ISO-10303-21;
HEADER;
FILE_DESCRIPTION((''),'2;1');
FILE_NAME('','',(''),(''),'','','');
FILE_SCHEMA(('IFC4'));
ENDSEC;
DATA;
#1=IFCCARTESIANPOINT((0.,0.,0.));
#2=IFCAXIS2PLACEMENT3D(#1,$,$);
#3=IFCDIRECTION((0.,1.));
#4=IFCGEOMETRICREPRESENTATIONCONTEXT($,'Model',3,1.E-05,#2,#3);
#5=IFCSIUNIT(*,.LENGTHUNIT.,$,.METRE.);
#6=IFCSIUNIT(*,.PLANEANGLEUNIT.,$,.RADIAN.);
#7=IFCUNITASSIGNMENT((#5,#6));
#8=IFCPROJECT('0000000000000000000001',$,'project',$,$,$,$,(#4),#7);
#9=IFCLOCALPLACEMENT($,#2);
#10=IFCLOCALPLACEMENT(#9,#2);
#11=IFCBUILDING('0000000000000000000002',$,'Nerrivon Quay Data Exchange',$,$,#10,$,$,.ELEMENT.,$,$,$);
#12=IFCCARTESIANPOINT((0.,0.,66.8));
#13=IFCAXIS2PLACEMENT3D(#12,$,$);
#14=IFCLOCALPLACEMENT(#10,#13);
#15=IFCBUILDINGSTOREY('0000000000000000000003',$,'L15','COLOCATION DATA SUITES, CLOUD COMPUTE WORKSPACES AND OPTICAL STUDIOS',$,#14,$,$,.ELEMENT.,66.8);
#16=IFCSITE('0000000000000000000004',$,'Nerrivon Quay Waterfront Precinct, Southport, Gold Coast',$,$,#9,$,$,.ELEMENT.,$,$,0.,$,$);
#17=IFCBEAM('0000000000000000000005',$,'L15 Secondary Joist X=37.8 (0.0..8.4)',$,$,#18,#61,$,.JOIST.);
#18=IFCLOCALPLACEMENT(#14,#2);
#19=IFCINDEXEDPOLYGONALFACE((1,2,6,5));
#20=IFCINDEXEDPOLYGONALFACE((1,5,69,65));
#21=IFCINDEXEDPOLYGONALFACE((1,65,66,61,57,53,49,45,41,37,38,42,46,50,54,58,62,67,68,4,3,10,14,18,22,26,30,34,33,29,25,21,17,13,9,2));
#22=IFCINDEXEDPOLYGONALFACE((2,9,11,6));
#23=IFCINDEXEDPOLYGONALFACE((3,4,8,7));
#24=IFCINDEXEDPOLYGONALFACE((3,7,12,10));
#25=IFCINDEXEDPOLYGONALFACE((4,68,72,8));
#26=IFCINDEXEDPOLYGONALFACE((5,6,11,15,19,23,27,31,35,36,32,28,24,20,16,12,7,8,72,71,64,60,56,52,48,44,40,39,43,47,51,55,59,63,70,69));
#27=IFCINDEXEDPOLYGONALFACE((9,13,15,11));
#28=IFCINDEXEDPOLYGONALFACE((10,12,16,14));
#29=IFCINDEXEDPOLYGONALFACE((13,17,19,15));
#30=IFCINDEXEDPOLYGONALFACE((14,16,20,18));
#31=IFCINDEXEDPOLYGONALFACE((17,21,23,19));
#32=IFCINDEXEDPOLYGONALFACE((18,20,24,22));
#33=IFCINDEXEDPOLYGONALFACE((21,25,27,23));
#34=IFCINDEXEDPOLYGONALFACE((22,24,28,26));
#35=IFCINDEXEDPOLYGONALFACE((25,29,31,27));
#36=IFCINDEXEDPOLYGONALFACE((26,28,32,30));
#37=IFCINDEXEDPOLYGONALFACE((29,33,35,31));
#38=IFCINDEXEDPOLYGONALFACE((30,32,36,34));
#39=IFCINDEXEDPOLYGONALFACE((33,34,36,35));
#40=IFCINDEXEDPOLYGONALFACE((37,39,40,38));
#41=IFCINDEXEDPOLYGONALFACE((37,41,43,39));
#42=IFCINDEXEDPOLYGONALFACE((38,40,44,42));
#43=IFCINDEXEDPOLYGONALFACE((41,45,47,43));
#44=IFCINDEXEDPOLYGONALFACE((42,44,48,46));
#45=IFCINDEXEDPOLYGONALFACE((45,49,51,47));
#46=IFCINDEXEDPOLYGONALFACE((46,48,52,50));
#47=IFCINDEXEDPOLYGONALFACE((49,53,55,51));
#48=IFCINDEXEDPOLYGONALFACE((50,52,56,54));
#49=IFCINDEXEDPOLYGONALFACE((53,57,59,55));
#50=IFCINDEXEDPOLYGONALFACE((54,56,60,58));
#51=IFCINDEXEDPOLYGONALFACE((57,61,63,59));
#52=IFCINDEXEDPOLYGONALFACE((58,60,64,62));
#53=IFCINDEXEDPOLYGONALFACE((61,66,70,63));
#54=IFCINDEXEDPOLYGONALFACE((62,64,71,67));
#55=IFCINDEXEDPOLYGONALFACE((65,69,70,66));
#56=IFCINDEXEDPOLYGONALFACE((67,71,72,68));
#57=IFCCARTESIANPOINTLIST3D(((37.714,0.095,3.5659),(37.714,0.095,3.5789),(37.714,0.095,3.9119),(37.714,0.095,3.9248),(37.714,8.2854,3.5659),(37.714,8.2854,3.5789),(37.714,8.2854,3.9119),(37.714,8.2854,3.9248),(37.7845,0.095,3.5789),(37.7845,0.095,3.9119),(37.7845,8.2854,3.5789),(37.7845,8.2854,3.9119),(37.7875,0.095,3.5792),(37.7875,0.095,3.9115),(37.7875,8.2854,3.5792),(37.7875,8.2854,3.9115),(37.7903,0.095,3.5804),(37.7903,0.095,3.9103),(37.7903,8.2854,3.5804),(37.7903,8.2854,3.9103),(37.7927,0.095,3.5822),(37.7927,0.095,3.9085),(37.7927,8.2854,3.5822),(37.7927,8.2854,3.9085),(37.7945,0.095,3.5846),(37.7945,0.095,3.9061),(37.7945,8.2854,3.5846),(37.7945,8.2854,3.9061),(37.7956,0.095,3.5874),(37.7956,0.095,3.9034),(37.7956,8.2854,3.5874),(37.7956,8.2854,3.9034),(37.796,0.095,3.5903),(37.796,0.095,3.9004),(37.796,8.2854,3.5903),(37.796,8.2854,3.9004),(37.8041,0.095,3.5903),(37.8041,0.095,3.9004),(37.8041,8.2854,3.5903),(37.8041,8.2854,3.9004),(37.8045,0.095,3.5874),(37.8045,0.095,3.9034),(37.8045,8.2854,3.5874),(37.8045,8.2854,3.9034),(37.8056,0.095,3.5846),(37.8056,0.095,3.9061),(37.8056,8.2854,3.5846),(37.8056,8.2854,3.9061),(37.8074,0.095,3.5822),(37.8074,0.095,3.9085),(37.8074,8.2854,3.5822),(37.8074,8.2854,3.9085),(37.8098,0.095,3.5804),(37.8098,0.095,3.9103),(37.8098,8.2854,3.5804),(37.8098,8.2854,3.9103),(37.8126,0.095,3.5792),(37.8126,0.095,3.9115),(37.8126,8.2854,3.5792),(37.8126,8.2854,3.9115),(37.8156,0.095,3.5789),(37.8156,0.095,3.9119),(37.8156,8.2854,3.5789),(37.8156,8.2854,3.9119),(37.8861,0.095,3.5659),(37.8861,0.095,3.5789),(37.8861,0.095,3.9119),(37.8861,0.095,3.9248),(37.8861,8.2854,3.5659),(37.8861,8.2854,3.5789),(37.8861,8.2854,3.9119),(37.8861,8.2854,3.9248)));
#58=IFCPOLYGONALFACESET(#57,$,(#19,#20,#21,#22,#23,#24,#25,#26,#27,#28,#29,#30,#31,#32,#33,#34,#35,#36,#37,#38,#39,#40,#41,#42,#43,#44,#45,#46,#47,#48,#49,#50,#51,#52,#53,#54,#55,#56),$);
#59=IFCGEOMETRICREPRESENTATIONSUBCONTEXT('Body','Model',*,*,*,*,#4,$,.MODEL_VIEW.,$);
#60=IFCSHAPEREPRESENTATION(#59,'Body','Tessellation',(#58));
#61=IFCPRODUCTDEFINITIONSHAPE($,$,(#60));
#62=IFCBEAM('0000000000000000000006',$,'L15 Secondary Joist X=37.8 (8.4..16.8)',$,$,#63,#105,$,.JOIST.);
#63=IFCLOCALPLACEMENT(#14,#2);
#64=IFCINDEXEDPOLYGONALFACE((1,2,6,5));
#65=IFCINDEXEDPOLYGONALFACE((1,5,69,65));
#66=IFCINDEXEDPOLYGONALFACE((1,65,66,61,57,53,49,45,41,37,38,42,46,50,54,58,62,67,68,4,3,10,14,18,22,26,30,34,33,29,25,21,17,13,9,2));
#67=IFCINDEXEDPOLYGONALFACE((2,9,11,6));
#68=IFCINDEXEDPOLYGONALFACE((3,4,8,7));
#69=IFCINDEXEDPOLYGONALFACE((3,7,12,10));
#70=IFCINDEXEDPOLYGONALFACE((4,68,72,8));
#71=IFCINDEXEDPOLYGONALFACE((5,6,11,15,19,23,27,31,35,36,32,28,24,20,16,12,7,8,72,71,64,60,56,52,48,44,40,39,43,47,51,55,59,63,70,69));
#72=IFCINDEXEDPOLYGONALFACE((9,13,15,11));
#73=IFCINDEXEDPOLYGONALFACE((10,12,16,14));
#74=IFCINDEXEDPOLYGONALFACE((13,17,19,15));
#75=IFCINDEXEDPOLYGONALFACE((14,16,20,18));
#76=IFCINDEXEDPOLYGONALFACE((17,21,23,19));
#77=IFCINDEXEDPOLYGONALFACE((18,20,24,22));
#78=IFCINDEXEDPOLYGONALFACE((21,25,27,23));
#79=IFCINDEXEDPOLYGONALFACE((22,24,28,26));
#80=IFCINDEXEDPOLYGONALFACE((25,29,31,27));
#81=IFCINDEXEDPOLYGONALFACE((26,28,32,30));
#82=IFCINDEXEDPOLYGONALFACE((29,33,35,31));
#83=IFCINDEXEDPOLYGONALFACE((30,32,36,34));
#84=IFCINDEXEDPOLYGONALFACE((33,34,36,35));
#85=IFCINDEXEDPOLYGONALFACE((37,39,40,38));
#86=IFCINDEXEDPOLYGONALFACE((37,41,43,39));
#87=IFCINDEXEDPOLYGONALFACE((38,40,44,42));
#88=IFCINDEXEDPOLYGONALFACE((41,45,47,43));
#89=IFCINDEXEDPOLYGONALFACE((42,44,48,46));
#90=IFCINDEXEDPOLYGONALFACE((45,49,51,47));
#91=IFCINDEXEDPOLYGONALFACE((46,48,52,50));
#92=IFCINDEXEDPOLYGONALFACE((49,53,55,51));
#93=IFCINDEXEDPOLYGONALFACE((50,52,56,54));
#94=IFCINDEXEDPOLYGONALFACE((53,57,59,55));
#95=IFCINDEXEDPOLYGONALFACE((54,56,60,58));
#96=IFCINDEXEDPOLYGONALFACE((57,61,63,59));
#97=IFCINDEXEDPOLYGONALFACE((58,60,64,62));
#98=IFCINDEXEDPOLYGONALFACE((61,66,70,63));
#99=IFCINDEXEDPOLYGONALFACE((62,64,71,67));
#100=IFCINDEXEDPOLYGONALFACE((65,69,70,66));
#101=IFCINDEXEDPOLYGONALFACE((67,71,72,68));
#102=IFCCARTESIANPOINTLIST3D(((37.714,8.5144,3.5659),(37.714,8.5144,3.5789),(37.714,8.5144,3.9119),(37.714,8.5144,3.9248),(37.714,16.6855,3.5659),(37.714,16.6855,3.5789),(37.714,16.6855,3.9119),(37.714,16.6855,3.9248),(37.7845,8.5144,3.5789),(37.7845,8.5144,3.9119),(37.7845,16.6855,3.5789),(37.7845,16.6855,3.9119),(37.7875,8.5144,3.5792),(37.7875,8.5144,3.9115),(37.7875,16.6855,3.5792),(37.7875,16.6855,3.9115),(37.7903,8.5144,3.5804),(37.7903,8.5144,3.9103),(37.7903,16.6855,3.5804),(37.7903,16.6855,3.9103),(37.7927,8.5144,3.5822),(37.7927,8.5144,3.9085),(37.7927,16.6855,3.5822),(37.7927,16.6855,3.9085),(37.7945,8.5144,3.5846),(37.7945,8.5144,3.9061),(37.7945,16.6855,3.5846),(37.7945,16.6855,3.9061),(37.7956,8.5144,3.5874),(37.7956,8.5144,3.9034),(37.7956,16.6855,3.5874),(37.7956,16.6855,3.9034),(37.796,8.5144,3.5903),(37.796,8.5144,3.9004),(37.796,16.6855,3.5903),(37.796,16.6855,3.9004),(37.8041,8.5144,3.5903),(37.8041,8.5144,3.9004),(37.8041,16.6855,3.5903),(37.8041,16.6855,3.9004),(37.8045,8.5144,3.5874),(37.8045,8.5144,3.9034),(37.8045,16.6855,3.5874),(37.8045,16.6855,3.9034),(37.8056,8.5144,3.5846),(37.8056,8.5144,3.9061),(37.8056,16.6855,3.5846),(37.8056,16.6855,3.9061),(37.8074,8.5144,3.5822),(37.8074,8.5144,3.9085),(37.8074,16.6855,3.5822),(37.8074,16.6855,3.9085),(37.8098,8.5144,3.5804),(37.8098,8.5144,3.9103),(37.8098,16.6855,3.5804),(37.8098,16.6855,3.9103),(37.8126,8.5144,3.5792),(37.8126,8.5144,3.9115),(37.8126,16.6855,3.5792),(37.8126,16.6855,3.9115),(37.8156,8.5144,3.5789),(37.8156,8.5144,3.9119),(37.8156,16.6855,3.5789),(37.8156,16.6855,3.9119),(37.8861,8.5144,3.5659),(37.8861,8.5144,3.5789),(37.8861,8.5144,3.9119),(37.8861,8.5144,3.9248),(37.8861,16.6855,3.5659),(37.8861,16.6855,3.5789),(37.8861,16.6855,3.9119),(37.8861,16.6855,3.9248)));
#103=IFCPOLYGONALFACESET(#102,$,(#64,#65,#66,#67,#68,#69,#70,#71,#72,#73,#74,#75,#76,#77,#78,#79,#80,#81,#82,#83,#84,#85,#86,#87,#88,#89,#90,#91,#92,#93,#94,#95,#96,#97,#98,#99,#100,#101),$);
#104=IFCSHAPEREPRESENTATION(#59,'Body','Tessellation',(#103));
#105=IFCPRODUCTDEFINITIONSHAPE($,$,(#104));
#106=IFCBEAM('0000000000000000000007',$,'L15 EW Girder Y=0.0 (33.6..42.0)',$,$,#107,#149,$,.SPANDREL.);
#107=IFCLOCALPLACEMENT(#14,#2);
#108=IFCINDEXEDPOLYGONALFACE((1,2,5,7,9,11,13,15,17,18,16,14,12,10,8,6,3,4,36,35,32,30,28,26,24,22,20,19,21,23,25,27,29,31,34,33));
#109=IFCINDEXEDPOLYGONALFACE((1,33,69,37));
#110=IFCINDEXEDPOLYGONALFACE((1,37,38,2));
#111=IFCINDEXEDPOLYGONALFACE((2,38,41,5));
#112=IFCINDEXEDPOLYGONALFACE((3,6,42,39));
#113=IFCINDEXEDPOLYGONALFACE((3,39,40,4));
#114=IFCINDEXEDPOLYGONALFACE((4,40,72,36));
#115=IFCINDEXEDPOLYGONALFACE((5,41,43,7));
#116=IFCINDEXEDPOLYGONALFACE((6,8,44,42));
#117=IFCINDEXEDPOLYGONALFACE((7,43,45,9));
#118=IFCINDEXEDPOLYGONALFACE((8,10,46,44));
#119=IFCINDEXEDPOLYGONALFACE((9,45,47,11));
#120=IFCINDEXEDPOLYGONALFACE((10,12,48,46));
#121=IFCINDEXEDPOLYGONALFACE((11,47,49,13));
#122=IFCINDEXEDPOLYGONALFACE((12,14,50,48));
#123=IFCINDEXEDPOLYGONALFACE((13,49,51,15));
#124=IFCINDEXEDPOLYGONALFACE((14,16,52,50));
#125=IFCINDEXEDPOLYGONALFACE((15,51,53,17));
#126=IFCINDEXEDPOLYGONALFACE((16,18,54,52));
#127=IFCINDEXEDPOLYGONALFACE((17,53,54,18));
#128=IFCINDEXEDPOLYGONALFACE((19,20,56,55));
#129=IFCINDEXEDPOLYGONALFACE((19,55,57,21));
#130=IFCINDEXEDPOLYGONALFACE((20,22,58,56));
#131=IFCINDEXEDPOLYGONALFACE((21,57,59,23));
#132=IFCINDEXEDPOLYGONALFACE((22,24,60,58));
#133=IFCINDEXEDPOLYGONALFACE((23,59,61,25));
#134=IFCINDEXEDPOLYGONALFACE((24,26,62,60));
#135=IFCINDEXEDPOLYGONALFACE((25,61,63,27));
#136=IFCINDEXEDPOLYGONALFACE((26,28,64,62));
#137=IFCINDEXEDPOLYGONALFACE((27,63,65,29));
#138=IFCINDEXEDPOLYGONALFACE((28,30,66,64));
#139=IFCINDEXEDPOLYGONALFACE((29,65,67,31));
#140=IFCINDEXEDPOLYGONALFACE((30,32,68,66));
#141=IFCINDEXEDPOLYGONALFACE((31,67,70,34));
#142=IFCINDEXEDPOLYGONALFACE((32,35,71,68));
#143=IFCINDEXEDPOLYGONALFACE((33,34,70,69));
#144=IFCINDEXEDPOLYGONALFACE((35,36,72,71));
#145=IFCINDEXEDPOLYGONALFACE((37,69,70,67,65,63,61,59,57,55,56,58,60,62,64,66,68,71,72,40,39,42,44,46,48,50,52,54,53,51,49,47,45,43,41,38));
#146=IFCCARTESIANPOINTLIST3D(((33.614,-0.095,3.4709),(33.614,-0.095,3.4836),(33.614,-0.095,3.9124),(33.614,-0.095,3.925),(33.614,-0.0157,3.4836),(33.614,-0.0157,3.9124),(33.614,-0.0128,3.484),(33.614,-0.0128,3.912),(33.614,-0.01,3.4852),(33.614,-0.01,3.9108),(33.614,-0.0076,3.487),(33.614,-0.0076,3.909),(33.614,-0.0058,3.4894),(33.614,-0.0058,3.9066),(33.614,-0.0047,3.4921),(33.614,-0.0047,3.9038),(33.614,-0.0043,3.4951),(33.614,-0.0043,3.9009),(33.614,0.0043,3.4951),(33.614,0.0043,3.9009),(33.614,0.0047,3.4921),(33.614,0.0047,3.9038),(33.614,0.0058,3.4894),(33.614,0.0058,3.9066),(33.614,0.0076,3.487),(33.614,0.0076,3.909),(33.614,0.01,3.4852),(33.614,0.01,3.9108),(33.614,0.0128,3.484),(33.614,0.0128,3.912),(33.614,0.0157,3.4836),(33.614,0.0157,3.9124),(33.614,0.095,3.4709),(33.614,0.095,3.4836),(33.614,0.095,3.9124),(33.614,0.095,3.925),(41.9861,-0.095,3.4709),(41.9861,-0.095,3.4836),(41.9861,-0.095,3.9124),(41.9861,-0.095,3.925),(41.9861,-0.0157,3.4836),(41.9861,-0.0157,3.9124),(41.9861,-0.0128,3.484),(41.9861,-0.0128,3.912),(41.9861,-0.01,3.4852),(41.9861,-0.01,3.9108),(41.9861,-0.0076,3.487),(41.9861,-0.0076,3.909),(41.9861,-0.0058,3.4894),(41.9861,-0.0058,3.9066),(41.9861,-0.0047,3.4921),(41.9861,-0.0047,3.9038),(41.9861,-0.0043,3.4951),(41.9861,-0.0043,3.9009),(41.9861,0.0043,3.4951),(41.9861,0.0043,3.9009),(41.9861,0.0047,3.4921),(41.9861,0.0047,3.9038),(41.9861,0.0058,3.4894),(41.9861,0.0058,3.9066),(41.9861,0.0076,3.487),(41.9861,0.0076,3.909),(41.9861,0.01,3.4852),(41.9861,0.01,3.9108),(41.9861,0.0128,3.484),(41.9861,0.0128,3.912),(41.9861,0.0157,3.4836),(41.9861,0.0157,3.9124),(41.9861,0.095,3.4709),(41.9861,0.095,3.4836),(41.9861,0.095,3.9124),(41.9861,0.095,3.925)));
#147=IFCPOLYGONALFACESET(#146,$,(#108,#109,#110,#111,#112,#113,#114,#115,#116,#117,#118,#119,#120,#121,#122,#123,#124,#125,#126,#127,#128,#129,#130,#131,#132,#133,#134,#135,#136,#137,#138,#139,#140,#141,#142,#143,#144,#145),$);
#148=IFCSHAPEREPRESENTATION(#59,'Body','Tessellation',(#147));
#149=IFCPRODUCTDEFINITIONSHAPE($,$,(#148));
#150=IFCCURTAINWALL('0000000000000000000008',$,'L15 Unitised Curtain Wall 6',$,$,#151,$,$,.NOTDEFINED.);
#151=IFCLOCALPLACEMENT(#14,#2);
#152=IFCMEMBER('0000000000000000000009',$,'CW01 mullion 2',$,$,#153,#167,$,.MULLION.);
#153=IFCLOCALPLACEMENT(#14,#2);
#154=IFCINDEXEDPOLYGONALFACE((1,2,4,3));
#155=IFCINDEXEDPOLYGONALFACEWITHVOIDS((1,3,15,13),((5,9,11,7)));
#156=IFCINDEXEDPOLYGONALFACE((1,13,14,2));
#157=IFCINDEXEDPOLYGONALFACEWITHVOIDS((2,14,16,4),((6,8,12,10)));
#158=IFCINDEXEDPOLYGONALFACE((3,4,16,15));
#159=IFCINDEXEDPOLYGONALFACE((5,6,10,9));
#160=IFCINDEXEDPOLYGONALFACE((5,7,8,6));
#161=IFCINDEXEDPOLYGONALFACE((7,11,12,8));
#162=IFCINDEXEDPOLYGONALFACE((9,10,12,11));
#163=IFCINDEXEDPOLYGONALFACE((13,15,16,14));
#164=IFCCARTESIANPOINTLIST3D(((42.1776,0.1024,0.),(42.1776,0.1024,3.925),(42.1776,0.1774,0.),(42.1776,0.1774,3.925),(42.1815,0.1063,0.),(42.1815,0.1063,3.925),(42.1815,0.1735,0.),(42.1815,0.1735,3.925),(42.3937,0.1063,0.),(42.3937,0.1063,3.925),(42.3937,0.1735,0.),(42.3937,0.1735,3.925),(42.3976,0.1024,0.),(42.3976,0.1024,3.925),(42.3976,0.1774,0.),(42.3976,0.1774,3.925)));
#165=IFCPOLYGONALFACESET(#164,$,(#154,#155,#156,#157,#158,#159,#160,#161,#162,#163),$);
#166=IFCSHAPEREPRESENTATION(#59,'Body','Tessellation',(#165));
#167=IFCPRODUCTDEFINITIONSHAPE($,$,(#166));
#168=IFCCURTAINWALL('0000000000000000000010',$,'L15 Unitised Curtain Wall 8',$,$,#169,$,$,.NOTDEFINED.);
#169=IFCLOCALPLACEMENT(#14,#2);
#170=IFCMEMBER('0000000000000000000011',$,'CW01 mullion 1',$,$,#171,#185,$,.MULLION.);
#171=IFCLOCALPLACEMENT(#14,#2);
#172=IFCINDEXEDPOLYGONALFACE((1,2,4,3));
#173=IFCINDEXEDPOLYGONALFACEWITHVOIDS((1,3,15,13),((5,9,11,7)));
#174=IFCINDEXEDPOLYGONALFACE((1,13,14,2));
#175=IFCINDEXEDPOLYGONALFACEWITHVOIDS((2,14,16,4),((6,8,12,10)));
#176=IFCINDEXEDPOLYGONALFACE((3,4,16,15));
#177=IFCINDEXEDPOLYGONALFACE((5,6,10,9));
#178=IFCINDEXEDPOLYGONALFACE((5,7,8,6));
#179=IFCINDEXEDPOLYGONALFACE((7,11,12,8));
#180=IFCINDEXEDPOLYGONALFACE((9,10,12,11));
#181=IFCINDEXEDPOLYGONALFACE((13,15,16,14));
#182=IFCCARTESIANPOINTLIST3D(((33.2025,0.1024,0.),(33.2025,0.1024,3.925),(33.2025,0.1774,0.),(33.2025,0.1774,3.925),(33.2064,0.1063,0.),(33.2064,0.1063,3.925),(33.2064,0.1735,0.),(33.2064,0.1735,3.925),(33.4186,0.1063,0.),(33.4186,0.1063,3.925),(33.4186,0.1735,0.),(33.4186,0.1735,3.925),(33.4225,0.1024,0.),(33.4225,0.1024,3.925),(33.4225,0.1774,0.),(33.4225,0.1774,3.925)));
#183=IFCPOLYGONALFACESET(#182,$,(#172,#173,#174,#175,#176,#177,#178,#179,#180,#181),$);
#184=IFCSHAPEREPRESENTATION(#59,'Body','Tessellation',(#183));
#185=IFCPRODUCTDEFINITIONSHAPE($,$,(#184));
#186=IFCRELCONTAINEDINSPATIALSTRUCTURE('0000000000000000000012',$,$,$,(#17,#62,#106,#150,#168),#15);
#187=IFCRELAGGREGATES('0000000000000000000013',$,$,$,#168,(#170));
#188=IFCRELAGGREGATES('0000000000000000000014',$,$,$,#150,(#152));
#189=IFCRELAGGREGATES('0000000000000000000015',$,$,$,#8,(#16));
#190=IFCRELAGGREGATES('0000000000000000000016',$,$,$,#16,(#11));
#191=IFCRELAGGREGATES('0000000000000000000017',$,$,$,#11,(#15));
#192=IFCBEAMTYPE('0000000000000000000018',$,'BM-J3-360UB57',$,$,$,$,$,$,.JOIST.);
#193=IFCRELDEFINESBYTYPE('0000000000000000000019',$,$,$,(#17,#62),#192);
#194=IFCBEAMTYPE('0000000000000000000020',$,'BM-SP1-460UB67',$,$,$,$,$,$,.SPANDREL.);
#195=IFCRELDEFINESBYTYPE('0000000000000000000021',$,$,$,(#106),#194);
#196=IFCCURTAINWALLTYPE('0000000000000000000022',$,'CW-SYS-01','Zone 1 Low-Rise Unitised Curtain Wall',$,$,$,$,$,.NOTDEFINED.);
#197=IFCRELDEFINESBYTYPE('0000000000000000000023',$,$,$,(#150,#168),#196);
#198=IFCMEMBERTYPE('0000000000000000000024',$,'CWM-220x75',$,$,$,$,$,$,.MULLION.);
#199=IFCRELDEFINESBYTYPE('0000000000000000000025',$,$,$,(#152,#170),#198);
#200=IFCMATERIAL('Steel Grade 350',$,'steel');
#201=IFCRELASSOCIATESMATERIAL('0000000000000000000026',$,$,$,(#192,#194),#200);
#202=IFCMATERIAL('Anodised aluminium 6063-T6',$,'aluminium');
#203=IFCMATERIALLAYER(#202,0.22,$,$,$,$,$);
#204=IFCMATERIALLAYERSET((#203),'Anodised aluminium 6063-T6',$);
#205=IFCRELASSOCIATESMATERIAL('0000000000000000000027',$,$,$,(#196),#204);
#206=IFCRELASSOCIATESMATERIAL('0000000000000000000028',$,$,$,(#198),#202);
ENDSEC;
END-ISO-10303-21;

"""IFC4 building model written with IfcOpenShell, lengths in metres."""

from ifc_helpers import new_model, si_unit, direction, frame, origin, origin_2d, place, context, subcontext, project, spatial, hollow_rectangle, i_section, extrude, material, layer, layer_set, material_profile, profile_set, type_object, element, aggregate, save


model = new_model("IFC4")

# Units and contexts
model_context = context("Model", 3, precision=1e-05, world=origin(), true_north=direction((0.0, 1.0)))
body_context = subcontext(model_context, "Body", "Model", "MODEL_VIEW")
ifc_project = project(units=[si_unit("LENGTHUNIT", "METRE"), si_unit("PLANEANGLEUNIT", "RADIAN")], contexts=[model_context])

# Site, building, storey
site_placement = place(None, origin())
site = spatial("IfcSite", under=ifc_project, at=site_placement, Name="Nerrivon Quay Waterfront Precinct, Southport, Gold Coast", CompositionType="ELEMENT", RefElevation=0.0)
building_placement = place(site_placement, origin())
building = spatial("IfcBuilding", under=site, at=building_placement, Name="Nerrivon Quay Data Exchange", CompositionType="ELEMENT")
storey_placement = place(building_placement, frame((0.0, 0.0, 66.8)))
storey = spatial("IfcBuildingStorey", under=building, at=storey_placement, Name="L15", Description="COLOCATION DATA SUITES, CLOUD COMPUTE WORKSPACES AND OPTICAL STUDIOS", CompositionType="ELEMENT", Elevation=66.8)

# Shared definitions
ifc_material_1 = material(Name="Steel Grade 350", Category="steel")

# Beams
ifc_material_profile_1 = material_profile(ifc_material_1, i_section(OverallWidth=0.1721, OverallDepth=0.3589, WebThickness=0.0081, FlangeThickness=0.0129, FilletRadius=0.0115, at=origin_2d()), Name="360UB56.7")
ifc_profile_set_1 = profile_set([ifc_material_profile_1], Name="Steel Grade 350")
beam_type_1 = type_object("IfcBeamType", Name="BM-J3-360UB57", PredefinedType="JOIST", material=ifc_profile_set_1)
beam_1_placement = place(storey_placement, frame((37.8, 0.095, 3.7454), z_axis=(0.0, 1.0, 0.0), x_axis=(-1.0, 0.0, 0.0)))
element("IfcBeam", 1, at=beam_1_placement, inside=storey, type_object=beam_type_1, Name="L15 Secondary Joist X=37.8 (0.0..8.4)", PredefinedType="JOIST", context=body_context, shape_type="SweptSolid", body=[
    extrude(i_section(OverallWidth=0.1721, OverallDepth=0.3589, WebThickness=0.0081, FlangeThickness=0.0129, FilletRadius=0.0115, at=origin_2d()), origin(), (0.0, 0.0, 1.0), 8.1904),
])
beam_2_placement = place(storey_placement, frame((37.8, 8.5144, 3.7454), z_axis=(0.0, 1.0, 0.0), x_axis=(-1.0, 0.0, 0.0)))
element("IfcBeam", 2, at=beam_2_placement, inside=storey, type_object=beam_type_1, Name="L15 Secondary Joist X=37.8 (8.4..16.8)", PredefinedType="JOIST", context=body_context, shape_type="SweptSolid", body=[
    extrude(i_section(OverallWidth=0.1721, OverallDepth=0.3589, WebThickness=0.0081, FlangeThickness=0.0129, FilletRadius=0.0115, at=origin_2d()), origin(), (0.0, 0.0, 1.0), 8.1711),
])
ifc_material_profile_2 = material_profile(ifc_material_1, i_section(OverallWidth=0.1899, OverallDepth=0.4541, WebThickness=0.0085, FlangeThickness=0.0127, FilletRadius=0.0115, at=origin_2d()), Name="460UB67.1")
ifc_profile_set_2 = profile_set([ifc_material_profile_2], Name="Steel Grade 350")
beam_type_2 = type_object("IfcBeamType", Name="BM-SP1-460UB67", PredefinedType="SPANDREL", material=ifc_profile_set_2)
beam_3_placement = place(storey_placement, frame((33.614, 0.0, 3.698), z_axis=(1.0, 0.0, 0.0), x_axis=(0.0, 1.0, 0.0)))
element("IfcBeam", 3, at=beam_3_placement, inside=storey, type_object=beam_type_2, Name="L15 EW Girder Y=0.0 (33.6..42.0)", PredefinedType="SPANDREL", context=body_context, shape_type="SweptSolid", body=[
    extrude(i_section(OverallWidth=0.1899, OverallDepth=0.4541, WebThickness=0.0085, FlangeThickness=0.0127, FilletRadius=0.0115, at=origin_2d()), origin(), (0.0, 0.0, 1.0), 8.3721),
])

# Curtain walls, members
ifc_material_2 = material(Name="Anodised aluminium 6063-T6", Category="aluminium")
ifc_layer_1 = layer(ifc_material_2, 0.22)
ifc_layer_set_1 = layer_set([ifc_layer_1], Name="Anodised aluminium 6063-T6")
curtain_wall_type = type_object("IfcCurtainWallType", Name="CW-SYS-01", Description="Zone 1 Low-Rise Unitised Curtain Wall", PredefinedType="NOTDEFINED", material=ifc_layer_set_1)
curtain_wall_1_placement = place(storey_placement, origin())
curtain_wall_1 = element("IfcCurtainWall", 4, at=curtain_wall_1_placement, inside=storey, type_object=curtain_wall_type, Name="L15 Unitised Curtain Wall 6", PredefinedType="NOTDEFINED")
ifc_material_profile_3 = material_profile(ifc_material_2, hollow_rectangle(XDim=0.075, YDim=0.22, WallThickness=0.0039, at=origin_2d()), Name="ALU-MULL-220x75")
ifc_profile_set_3 = profile_set([ifc_material_profile_3], Name="Anodised aluminium 6063-T6")
member_type_1 = type_object("IfcMemberType", Name="CWM-220x75", PredefinedType="MULLION", material=ifc_profile_set_3)
member_1_placement = place(storey_placement, frame((42.2876, 0.1399, 0.0), z_axis=(0.0, 0.0, 1.0), x_axis=(0.0, -1.0, 0.0)))
member_1 = element("IfcMember", 5, at=member_1_placement, type_object=member_type_1, Name="CW01 mullion 2", PredefinedType="MULLION", context=body_context, shape_type="SweptSolid", body=[
    extrude(hollow_rectangle(XDim=0.075, YDim=0.22, WallThickness=0.0039, at=origin_2d()), origin(), (0.0, 0.0, 1.0), 3.925),
])
curtain_wall_2_placement = place(storey_placement, origin())
curtain_wall_2 = element("IfcCurtainWall", 6, at=curtain_wall_2_placement, inside=storey, type_object=curtain_wall_type, Name="L15 Unitised Curtain Wall 8", PredefinedType="NOTDEFINED")
member_2_placement = place(storey_placement, frame((33.3125, 0.1399, 0.0), z_axis=(0.0, 0.0, 1.0), x_axis=(0.0, -1.0, 0.0)))
member_2 = element("IfcMember", 7, at=member_2_placement, type_object=member_type_1, Name="CW01 mullion 1", PredefinedType="MULLION", context=body_context, shape_type="SweptSolid", body=[
    extrude(hollow_rectangle(XDim=0.075, YDim=0.22, WallThickness=0.0039, at=origin_2d()), origin(), (0.0, 0.0, 1.0), 3.925),
])

aggregate(curtain_wall_2, [member_2])

aggregate(curtain_wall_1, [member_1])

save(model, "model.ifc")
